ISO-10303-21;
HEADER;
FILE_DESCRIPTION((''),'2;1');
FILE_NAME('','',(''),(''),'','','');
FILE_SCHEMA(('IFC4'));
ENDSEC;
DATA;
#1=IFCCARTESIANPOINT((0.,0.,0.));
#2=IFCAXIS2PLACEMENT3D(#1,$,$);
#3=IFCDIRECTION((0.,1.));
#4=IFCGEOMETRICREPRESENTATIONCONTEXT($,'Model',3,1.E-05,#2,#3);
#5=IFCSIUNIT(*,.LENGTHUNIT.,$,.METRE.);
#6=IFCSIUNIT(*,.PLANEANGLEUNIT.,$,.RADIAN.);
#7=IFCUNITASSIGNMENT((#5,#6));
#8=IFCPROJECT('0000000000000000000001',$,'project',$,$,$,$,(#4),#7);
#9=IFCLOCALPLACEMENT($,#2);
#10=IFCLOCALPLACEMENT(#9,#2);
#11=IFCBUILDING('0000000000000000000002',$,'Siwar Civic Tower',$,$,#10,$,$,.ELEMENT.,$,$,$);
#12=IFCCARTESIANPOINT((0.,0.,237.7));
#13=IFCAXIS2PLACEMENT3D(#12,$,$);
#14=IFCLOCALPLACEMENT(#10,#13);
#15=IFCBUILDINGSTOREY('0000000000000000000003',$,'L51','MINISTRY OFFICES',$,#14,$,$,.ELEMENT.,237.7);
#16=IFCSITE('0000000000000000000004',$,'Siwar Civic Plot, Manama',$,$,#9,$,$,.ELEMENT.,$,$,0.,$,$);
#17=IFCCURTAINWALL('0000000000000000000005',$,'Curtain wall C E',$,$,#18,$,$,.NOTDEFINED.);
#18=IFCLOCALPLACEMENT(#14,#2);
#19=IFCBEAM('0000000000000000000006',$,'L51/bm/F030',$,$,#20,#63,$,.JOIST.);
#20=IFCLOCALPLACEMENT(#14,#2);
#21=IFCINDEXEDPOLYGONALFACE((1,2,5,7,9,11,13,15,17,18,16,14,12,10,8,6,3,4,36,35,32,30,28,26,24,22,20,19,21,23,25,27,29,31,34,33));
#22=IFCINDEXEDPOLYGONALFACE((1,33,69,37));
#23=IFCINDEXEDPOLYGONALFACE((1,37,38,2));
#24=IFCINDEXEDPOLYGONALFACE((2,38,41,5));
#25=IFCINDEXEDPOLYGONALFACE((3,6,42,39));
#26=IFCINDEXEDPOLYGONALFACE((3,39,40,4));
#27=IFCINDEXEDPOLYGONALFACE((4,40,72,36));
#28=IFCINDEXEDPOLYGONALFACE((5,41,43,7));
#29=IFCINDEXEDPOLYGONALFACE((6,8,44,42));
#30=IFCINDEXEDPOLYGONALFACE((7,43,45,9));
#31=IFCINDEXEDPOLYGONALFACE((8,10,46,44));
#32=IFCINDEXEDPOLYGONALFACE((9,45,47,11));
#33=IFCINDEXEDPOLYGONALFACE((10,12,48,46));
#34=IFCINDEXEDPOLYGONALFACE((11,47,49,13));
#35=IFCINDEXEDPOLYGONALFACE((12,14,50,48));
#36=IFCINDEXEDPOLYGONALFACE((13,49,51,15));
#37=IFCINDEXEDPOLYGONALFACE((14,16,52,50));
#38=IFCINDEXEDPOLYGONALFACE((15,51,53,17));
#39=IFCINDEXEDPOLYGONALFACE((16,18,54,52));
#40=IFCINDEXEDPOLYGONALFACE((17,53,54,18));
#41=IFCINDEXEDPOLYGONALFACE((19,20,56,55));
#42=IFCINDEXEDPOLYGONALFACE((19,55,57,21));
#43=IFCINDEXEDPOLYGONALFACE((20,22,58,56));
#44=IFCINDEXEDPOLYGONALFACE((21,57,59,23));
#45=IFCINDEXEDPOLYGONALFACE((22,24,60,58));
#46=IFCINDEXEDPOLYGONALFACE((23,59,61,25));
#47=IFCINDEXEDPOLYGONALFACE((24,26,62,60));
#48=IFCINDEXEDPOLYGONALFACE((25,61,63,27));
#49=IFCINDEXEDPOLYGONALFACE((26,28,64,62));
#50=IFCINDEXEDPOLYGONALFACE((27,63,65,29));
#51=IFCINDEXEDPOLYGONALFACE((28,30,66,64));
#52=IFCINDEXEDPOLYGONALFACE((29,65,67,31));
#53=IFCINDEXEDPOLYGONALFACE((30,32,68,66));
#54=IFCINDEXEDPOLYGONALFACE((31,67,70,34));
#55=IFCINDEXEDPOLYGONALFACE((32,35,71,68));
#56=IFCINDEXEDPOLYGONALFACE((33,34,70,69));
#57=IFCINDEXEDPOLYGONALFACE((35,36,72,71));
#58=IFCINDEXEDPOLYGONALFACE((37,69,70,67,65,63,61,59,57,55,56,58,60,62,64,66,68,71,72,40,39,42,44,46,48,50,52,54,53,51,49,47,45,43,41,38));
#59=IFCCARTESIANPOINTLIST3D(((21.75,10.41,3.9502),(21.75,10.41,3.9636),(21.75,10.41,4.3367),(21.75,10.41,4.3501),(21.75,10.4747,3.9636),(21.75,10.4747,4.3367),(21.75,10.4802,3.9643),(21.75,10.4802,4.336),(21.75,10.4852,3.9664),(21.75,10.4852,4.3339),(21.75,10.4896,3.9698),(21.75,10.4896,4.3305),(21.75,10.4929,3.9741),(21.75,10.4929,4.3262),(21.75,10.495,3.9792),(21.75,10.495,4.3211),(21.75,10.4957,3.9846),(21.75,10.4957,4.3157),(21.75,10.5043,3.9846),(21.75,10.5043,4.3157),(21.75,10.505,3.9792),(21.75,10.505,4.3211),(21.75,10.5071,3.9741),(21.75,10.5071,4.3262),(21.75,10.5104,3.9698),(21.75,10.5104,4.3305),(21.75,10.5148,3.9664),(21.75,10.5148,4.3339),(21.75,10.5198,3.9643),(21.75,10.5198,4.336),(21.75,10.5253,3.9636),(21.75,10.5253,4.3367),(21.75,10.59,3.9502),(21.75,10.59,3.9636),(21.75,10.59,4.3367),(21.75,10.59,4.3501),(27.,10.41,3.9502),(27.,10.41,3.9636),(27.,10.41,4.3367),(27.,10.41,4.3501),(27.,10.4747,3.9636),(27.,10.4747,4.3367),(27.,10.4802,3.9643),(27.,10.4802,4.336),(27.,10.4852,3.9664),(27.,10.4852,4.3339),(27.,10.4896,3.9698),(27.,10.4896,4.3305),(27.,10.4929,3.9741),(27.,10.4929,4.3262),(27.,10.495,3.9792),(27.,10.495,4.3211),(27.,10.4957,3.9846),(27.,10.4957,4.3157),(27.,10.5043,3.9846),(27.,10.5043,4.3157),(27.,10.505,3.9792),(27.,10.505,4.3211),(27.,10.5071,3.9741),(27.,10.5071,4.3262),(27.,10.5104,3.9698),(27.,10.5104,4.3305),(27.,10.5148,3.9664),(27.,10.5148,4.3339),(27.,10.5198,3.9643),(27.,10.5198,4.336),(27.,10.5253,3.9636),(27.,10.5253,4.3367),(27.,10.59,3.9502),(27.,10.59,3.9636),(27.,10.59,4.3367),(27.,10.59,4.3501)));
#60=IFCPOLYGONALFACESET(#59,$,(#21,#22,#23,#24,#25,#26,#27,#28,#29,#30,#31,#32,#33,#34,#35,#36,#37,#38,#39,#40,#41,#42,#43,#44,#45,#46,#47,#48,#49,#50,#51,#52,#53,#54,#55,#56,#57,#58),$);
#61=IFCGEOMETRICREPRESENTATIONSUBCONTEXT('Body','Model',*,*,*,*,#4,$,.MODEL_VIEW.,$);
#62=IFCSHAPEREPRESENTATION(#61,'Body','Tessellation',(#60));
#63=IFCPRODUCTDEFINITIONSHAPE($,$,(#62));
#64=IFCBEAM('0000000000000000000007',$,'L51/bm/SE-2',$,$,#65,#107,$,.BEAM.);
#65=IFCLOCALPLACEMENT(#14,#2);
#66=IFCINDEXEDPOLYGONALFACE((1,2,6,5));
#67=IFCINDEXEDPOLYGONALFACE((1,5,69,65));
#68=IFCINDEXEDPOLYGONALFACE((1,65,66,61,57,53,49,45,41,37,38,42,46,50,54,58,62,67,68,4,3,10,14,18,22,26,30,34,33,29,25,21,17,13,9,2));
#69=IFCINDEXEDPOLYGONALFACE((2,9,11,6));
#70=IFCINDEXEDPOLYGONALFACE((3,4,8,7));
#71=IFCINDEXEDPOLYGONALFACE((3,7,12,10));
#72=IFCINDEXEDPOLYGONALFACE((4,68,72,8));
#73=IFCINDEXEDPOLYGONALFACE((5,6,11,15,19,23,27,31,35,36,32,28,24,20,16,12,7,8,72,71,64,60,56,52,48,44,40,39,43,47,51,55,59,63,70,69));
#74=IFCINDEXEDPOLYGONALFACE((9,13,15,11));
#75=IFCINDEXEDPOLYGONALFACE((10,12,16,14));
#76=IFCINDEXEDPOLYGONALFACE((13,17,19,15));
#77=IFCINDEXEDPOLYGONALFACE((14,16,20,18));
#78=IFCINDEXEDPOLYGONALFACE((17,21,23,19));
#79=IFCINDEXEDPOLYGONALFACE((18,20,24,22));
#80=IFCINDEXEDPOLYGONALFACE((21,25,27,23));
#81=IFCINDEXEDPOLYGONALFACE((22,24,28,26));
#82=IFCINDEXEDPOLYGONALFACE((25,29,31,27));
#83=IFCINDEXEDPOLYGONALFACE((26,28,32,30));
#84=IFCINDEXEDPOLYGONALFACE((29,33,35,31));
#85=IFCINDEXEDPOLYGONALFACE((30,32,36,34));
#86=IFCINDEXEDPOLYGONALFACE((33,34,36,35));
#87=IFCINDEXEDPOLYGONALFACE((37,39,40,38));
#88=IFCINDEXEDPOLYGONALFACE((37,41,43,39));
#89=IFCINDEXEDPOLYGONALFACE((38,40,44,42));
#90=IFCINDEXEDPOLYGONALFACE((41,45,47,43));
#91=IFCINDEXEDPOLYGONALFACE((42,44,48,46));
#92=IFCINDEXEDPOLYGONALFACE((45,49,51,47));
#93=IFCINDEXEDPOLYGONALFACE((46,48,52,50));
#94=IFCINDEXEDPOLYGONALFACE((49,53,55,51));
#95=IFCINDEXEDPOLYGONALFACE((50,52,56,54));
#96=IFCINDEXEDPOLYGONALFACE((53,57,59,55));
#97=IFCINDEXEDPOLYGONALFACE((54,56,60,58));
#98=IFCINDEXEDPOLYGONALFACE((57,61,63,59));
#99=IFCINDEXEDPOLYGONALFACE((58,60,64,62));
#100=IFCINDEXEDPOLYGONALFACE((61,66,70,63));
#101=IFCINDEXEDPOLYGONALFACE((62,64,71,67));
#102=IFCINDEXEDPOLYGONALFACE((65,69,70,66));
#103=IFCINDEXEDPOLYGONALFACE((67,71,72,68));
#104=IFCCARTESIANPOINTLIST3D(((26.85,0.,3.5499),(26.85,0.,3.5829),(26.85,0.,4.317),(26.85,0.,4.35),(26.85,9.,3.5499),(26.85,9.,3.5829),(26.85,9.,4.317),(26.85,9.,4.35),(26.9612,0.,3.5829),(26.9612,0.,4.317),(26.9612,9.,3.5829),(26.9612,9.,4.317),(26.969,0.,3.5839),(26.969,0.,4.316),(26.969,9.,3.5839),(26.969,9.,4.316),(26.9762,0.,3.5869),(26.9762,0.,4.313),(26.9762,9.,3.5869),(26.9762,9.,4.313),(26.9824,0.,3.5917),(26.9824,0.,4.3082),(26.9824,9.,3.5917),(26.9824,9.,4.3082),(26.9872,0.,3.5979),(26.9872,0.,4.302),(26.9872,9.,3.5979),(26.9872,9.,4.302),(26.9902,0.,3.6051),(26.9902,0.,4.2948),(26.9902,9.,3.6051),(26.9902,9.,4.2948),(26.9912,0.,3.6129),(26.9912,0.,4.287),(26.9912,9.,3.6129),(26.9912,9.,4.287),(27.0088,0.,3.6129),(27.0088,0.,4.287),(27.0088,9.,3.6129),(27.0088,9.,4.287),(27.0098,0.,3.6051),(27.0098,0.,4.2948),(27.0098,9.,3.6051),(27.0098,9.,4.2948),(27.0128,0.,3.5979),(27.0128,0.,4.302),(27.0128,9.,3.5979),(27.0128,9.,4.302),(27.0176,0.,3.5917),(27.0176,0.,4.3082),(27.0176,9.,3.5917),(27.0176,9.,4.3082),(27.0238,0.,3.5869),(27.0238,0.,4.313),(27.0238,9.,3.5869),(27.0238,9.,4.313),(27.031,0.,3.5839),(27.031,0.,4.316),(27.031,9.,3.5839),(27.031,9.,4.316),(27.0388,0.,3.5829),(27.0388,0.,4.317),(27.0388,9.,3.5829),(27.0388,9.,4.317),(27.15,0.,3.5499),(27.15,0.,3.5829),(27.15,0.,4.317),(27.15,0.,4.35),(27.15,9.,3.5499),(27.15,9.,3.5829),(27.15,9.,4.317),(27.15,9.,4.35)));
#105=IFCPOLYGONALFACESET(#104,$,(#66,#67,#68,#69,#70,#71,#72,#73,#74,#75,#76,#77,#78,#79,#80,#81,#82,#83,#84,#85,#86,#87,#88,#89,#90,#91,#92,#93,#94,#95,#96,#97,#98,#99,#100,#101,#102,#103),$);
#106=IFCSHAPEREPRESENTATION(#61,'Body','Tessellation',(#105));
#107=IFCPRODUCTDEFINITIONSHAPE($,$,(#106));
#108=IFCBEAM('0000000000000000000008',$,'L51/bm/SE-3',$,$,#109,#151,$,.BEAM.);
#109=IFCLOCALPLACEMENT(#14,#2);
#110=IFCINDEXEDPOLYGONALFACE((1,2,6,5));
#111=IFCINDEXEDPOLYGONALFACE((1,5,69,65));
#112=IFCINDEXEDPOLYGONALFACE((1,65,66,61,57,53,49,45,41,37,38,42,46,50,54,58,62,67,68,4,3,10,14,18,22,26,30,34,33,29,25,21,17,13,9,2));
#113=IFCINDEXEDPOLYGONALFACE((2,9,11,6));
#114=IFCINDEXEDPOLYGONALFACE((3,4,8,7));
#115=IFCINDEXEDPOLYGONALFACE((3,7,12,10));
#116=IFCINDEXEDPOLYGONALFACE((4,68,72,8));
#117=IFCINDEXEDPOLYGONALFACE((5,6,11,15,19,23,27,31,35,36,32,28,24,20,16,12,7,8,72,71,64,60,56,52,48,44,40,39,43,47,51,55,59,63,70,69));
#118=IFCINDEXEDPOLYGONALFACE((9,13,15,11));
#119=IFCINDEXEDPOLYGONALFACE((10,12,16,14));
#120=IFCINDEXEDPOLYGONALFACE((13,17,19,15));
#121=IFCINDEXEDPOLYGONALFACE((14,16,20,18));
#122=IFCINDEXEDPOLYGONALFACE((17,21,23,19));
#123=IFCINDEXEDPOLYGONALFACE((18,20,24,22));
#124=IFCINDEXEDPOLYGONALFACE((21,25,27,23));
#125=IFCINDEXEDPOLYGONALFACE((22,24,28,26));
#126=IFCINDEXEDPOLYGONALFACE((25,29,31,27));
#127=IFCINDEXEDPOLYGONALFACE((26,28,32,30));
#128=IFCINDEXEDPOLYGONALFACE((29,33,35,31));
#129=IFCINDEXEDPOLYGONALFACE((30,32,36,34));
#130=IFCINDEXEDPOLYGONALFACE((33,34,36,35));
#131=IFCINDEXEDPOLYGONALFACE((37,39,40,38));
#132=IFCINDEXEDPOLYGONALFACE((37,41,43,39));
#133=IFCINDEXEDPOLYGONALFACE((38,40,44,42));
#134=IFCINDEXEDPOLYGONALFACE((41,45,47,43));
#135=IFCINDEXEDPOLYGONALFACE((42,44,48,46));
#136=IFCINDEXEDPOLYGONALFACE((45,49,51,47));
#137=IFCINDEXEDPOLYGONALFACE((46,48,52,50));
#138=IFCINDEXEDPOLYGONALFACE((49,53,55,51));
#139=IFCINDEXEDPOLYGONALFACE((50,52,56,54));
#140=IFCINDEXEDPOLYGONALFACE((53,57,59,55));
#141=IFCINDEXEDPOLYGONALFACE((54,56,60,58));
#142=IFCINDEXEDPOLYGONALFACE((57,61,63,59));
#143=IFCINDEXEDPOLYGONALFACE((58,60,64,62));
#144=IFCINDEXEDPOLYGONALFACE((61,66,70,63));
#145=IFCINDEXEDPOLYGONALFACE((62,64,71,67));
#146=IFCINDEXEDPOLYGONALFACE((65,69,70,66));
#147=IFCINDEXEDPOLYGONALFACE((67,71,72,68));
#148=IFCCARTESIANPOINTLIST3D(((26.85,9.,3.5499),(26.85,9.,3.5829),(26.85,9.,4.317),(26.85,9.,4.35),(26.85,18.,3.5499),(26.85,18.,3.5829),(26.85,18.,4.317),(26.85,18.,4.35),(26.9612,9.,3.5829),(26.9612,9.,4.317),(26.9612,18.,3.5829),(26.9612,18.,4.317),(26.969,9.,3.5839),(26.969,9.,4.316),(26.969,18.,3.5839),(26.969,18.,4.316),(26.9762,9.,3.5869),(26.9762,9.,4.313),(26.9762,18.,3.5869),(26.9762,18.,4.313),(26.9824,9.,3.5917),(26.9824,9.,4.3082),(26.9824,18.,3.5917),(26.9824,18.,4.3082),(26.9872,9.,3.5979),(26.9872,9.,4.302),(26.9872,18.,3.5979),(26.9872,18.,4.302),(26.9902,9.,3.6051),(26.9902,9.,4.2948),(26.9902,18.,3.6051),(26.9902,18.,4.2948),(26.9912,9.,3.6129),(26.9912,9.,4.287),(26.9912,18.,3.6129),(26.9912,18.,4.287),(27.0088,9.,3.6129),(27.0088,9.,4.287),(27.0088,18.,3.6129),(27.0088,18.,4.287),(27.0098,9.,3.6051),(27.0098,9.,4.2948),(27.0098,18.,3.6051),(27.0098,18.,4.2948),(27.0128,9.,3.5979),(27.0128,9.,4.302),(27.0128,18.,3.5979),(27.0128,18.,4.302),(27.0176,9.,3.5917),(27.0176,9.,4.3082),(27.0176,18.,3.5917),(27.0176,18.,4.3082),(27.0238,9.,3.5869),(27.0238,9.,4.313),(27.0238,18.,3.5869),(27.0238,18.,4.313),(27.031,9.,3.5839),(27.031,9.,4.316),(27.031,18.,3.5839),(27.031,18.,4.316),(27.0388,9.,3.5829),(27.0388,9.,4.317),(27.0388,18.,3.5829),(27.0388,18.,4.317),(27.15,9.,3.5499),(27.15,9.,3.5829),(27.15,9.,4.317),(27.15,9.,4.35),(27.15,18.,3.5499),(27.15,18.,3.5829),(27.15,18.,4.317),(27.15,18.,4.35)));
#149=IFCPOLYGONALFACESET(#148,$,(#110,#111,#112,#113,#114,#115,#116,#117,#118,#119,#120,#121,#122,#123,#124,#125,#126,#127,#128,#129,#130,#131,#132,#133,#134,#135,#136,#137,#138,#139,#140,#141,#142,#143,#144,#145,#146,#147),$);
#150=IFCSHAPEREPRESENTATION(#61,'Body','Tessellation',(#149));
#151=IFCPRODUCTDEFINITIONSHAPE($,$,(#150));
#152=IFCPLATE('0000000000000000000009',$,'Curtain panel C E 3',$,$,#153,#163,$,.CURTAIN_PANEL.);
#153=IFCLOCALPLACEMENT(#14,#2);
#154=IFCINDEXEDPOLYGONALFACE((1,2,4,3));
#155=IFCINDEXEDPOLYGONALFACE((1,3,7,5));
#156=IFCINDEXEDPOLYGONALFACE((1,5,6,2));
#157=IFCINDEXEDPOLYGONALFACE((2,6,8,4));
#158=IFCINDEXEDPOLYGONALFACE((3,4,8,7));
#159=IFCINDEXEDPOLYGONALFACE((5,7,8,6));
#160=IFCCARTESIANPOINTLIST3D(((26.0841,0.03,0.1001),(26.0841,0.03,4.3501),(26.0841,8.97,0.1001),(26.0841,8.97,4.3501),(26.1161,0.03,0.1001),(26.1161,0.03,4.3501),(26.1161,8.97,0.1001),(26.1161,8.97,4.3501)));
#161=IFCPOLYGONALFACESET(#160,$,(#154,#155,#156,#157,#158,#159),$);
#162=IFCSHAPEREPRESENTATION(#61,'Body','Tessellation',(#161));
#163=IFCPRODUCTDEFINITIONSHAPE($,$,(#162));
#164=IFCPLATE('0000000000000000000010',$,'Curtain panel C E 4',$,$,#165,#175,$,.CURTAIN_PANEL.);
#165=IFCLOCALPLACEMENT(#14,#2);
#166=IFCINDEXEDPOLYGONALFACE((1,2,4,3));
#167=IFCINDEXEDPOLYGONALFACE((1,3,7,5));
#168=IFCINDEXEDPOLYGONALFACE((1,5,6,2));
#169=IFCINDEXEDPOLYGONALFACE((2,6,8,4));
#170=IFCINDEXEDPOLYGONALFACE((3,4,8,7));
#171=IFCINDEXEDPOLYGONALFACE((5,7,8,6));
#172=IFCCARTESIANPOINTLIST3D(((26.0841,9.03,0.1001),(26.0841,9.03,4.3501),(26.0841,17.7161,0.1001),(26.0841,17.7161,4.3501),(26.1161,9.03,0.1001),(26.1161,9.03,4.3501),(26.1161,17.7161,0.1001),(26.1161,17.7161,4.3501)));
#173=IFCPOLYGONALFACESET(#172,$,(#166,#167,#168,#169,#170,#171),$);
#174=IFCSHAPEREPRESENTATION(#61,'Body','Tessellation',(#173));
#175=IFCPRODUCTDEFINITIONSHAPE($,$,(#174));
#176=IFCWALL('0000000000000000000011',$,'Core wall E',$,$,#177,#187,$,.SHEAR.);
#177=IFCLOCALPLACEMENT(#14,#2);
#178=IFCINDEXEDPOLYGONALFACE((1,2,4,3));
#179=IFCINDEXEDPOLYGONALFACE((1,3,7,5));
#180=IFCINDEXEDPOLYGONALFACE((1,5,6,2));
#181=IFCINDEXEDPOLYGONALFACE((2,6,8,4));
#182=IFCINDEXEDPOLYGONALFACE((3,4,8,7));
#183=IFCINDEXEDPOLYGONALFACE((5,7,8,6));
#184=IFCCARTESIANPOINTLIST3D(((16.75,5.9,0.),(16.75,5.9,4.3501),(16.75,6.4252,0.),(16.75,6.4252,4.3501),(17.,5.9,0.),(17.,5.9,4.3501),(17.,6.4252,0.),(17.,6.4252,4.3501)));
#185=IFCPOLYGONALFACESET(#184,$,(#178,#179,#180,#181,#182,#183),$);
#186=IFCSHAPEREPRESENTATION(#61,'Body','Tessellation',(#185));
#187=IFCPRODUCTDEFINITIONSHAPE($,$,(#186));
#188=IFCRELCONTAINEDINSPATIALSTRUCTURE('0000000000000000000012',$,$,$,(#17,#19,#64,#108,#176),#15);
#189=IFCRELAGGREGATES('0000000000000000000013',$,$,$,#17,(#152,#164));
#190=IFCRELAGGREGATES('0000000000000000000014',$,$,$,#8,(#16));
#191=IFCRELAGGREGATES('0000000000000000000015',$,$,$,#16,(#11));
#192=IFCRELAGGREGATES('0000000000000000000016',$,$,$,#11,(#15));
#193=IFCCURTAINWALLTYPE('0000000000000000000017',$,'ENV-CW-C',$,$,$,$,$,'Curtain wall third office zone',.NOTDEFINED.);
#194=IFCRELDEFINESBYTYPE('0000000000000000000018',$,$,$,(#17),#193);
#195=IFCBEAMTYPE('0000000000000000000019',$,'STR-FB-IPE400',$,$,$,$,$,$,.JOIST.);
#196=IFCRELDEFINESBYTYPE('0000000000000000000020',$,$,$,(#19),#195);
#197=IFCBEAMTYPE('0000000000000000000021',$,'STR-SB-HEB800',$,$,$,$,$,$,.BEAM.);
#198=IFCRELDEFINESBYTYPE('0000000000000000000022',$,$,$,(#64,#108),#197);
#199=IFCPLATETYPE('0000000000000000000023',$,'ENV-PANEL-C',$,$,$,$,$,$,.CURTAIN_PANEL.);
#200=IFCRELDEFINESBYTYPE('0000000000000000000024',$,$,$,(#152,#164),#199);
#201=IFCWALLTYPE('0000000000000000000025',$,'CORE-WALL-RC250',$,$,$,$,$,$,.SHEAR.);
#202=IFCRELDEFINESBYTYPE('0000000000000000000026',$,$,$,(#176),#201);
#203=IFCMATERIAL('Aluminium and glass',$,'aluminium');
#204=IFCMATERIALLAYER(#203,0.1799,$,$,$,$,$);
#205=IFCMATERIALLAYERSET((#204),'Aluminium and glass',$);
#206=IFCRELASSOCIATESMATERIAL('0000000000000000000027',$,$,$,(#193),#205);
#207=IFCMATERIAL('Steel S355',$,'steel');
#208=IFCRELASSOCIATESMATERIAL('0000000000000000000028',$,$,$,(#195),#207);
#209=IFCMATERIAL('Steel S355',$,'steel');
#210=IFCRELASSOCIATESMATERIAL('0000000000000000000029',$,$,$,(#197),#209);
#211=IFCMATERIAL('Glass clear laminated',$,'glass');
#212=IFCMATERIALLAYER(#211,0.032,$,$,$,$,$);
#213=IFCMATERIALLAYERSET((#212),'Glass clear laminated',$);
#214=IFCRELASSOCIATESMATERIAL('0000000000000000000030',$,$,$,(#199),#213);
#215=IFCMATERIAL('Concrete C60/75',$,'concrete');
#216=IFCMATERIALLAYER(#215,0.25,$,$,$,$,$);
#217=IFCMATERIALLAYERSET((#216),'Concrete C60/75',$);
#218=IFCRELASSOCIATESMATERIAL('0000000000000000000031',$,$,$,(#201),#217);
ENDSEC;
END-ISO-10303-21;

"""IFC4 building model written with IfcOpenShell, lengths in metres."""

from ifc_helpers import new_model, si_unit, direction, frame, frame_2d, origin, origin_2d, place, context, subcontext, project, spatial, rectangle, i_section, extrude, material, layer, layer_set, material_profile, profile_set, type_object, element, aggregate, save


model = new_model("IFC4")

# Units and contexts
model_context = context("Model", 3, precision=1e-05, world=origin(), true_north=direction((0.0, 1.0)))
body_context = subcontext(model_context, "Body", "Model", "MODEL_VIEW")
ifc_project = project(units=[si_unit("LENGTHUNIT", "METRE"), si_unit("PLANEANGLEUNIT", "RADIAN")], contexts=[model_context])

# Site, building, storey
site_placement = place(None, origin())
site = spatial("IfcSite", under=ifc_project, at=site_placement, Name="Siwar Civic Plot, Manama", CompositionType="ELEMENT", RefElevation=0.0)
building_placement = place(site_placement, origin())
building = spatial("IfcBuilding", under=site, at=building_placement, Name="Siwar Civic Tower", CompositionType="ELEMENT")
storey_placement = place(building_placement, frame((0.0, 0.0, 237.7)))
storey = spatial("IfcBuildingStorey", under=building, at=storey_placement, Name="L51", Description="MINISTRY OFFICES", CompositionType="ELEMENT", Elevation=237.7)

# Curtain wall
ifc_material_1 = material(Name="Aluminium and glass", Category="aluminium")
ifc_layer_1 = layer(ifc_material_1, 0.1799)
ifc_layer_set_1 = layer_set([ifc_layer_1], Name="Aluminium and glass")
curtain_wall_type = type_object("IfcCurtainWallType", Name="ENV-CW-C", ElementType="Curtain wall third office zone", PredefinedType="NOTDEFINED", material=ifc_layer_set_1)
curtain_wall_placement = place(storey_placement, origin())
curtain_wall = element("IfcCurtainWall", 1, at=curtain_wall_placement, inside=storey, type_object=curtain_wall_type, Name="Curtain wall C E", PredefinedType="NOTDEFINED")

# Beams
ifc_material_2 = material(Name="Steel S355", Category="steel")
ifc_material_profile_1 = material_profile(ifc_material_2, i_section(OverallWidth=0.1799, OverallDepth=0.3999, WebThickness=0.0085, FlangeThickness=0.0134, FilletRadius=0.021, at=origin_2d()), Name="IPE400")
ifc_profile_set_1 = profile_set([ifc_material_profile_1], Name="Steel S355")
beam_type_1 = type_object("IfcBeamType", Name="STR-FB-IPE400", PredefinedType="JOIST", material=ifc_profile_set_1)
for number, where, z_axis, x_axis, name in (
    (2, (21.75, 10.5, 4.1501), (1.0, 0.0, 0.0), (0.0, 1.0, 0.0), "L51/bm/F030"),
):
    element("IfcBeam", number, at=place(storey_placement, frame(where, z_axis=z_axis, x_axis=x_axis)), inside=storey, type_object=beam_type_1, Name=name, PredefinedType="JOIST", context=body_context, shape_type="SweptSolid", body=[
        extrude(i_section(OverallWidth=0.1799, OverallDepth=0.3999, WebThickness=0.0085, FlangeThickness=0.0134, FilletRadius=0.021, at=origin_2d()), origin(), (0.0, 0.0, 1.0), 5.25),
    ])
ifc_material_3 = material(Name="Steel S355", Category="steel")
ifc_material_profile_2 = material_profile(ifc_material_3, i_section(OverallWidth=0.3, OverallDepth=0.8, WebThickness=0.0176, FlangeThickness=0.033, FilletRadius=0.03, at=origin_2d()), Name="HEB800")
ifc_profile_set_2 = profile_set([ifc_material_profile_2], Name="Steel S355")
beam_type_2 = type_object("IfcBeamType", Name="STR-SB-HEB800", PredefinedType="BEAM", material=ifc_profile_set_2)
for number, where, z_axis, x_axis, name in (
    (3, (27.0, 0.0, 3.95), (0.0, 1.0, 0.0), (-1.0, 0.0, 0.0), "L51/bm/SE-2"),
    (4, (27.0, 9.0, 3.95), (0.0, 1.0, 0.0), (-1.0, 0.0, 0.0), "L51/bm/SE-3"),
):
    element("IfcBeam", number, at=place(storey_placement, frame(where, z_axis=z_axis, x_axis=x_axis)), inside=storey, type_object=beam_type_2, Name=name, PredefinedType="BEAM", context=body_context, shape_type="SweptSolid", body=[
        extrude(i_section(OverallWidth=0.3, OverallDepth=0.8, WebThickness=0.0176, FlangeThickness=0.033, FilletRadius=0.03, at=origin_2d()), origin(), (0.0, 0.0, 1.0), 9.0),
    ])

# Plates
ifc_material_4 = material(Name="Glass clear laminated", Category="glass")
ifc_layer_2 = layer(ifc_material_4, 0.032)
ifc_layer_set_2 = layer_set([ifc_layer_2], Name="Glass clear laminated")
plate_type = type_object("IfcPlateType", Name="ENV-PANEL-C", PredefinedType="CURTAIN_PANEL", material=ifc_layer_set_2)
plate_1_placement = place(storey_placement, frame((26.1001, 4.5, 0.1001), z_axis=(0.0, 0.0, 1.0), x_axis=(0.0, 1.0, 0.0)))
plate_1 = element("IfcPlate", 5, at=plate_1_placement, type_object=plate_type, Name="Curtain panel C E 3", PredefinedType="CURTAIN_PANEL", context=body_context, shape_type="SweptSolid", body=[
    extrude(rectangle(XDim=8.9399, YDim=0.032, at=origin_2d()), origin(), (0.0, 0.0, 1.0), 4.25),
])
plate_2_placement = place(storey_placement, frame((26.1001, 13.373, 0.1001), z_axis=(0.0, 0.0, 1.0), x_axis=(0.0, 1.0, 0.0)))
plate_2 = element("IfcPlate", 6, at=plate_2_placement, type_object=plate_type, Name="Curtain panel C E 4", PredefinedType="CURTAIN_PANEL", context=body_context, shape_type="SweptSolid", body=[
    extrude(rectangle(XDim=8.686, YDim=0.032, at=origin_2d()), origin(), (0.0, 0.0, 1.0), 4.25),
])
aggregate(curtain_wall, [plate_1, plate_2])

# Wall
ifc_material_5 = material(Name="Concrete C60/75", Category="concrete")
ifc_layer_3 = layer(ifc_material_5, 0.25)
ifc_layer_set_3 = layer_set([ifc_layer_3], Name="Concrete C60/75")
wall_type_1 = type_object("IfcWallType", Name="CORE-WALL-RC250", PredefinedType="SHEAR", material=ifc_layer_set_3)
wall_1_placement = place(storey_placement, frame((16.875, 5.8999, 0.0), z_axis=(0.0, 0.0, 1.0), x_axis=(0.0, 1.0, 0.0)))
element("IfcWall", 7, at=wall_1_placement, inside=storey, type_object=wall_type_1, Name="Core wall E", PredefinedType="SHEAR", context=body_context, shape_type="SweptSolid", body=[
    extrude(rectangle(XDim=0.5251, YDim=0.25, at=frame_2d((0.2627, 0.0))), origin(), (0.0, 0.0, 1.0), 4.3501),
])

save(model, "model.ifc")
